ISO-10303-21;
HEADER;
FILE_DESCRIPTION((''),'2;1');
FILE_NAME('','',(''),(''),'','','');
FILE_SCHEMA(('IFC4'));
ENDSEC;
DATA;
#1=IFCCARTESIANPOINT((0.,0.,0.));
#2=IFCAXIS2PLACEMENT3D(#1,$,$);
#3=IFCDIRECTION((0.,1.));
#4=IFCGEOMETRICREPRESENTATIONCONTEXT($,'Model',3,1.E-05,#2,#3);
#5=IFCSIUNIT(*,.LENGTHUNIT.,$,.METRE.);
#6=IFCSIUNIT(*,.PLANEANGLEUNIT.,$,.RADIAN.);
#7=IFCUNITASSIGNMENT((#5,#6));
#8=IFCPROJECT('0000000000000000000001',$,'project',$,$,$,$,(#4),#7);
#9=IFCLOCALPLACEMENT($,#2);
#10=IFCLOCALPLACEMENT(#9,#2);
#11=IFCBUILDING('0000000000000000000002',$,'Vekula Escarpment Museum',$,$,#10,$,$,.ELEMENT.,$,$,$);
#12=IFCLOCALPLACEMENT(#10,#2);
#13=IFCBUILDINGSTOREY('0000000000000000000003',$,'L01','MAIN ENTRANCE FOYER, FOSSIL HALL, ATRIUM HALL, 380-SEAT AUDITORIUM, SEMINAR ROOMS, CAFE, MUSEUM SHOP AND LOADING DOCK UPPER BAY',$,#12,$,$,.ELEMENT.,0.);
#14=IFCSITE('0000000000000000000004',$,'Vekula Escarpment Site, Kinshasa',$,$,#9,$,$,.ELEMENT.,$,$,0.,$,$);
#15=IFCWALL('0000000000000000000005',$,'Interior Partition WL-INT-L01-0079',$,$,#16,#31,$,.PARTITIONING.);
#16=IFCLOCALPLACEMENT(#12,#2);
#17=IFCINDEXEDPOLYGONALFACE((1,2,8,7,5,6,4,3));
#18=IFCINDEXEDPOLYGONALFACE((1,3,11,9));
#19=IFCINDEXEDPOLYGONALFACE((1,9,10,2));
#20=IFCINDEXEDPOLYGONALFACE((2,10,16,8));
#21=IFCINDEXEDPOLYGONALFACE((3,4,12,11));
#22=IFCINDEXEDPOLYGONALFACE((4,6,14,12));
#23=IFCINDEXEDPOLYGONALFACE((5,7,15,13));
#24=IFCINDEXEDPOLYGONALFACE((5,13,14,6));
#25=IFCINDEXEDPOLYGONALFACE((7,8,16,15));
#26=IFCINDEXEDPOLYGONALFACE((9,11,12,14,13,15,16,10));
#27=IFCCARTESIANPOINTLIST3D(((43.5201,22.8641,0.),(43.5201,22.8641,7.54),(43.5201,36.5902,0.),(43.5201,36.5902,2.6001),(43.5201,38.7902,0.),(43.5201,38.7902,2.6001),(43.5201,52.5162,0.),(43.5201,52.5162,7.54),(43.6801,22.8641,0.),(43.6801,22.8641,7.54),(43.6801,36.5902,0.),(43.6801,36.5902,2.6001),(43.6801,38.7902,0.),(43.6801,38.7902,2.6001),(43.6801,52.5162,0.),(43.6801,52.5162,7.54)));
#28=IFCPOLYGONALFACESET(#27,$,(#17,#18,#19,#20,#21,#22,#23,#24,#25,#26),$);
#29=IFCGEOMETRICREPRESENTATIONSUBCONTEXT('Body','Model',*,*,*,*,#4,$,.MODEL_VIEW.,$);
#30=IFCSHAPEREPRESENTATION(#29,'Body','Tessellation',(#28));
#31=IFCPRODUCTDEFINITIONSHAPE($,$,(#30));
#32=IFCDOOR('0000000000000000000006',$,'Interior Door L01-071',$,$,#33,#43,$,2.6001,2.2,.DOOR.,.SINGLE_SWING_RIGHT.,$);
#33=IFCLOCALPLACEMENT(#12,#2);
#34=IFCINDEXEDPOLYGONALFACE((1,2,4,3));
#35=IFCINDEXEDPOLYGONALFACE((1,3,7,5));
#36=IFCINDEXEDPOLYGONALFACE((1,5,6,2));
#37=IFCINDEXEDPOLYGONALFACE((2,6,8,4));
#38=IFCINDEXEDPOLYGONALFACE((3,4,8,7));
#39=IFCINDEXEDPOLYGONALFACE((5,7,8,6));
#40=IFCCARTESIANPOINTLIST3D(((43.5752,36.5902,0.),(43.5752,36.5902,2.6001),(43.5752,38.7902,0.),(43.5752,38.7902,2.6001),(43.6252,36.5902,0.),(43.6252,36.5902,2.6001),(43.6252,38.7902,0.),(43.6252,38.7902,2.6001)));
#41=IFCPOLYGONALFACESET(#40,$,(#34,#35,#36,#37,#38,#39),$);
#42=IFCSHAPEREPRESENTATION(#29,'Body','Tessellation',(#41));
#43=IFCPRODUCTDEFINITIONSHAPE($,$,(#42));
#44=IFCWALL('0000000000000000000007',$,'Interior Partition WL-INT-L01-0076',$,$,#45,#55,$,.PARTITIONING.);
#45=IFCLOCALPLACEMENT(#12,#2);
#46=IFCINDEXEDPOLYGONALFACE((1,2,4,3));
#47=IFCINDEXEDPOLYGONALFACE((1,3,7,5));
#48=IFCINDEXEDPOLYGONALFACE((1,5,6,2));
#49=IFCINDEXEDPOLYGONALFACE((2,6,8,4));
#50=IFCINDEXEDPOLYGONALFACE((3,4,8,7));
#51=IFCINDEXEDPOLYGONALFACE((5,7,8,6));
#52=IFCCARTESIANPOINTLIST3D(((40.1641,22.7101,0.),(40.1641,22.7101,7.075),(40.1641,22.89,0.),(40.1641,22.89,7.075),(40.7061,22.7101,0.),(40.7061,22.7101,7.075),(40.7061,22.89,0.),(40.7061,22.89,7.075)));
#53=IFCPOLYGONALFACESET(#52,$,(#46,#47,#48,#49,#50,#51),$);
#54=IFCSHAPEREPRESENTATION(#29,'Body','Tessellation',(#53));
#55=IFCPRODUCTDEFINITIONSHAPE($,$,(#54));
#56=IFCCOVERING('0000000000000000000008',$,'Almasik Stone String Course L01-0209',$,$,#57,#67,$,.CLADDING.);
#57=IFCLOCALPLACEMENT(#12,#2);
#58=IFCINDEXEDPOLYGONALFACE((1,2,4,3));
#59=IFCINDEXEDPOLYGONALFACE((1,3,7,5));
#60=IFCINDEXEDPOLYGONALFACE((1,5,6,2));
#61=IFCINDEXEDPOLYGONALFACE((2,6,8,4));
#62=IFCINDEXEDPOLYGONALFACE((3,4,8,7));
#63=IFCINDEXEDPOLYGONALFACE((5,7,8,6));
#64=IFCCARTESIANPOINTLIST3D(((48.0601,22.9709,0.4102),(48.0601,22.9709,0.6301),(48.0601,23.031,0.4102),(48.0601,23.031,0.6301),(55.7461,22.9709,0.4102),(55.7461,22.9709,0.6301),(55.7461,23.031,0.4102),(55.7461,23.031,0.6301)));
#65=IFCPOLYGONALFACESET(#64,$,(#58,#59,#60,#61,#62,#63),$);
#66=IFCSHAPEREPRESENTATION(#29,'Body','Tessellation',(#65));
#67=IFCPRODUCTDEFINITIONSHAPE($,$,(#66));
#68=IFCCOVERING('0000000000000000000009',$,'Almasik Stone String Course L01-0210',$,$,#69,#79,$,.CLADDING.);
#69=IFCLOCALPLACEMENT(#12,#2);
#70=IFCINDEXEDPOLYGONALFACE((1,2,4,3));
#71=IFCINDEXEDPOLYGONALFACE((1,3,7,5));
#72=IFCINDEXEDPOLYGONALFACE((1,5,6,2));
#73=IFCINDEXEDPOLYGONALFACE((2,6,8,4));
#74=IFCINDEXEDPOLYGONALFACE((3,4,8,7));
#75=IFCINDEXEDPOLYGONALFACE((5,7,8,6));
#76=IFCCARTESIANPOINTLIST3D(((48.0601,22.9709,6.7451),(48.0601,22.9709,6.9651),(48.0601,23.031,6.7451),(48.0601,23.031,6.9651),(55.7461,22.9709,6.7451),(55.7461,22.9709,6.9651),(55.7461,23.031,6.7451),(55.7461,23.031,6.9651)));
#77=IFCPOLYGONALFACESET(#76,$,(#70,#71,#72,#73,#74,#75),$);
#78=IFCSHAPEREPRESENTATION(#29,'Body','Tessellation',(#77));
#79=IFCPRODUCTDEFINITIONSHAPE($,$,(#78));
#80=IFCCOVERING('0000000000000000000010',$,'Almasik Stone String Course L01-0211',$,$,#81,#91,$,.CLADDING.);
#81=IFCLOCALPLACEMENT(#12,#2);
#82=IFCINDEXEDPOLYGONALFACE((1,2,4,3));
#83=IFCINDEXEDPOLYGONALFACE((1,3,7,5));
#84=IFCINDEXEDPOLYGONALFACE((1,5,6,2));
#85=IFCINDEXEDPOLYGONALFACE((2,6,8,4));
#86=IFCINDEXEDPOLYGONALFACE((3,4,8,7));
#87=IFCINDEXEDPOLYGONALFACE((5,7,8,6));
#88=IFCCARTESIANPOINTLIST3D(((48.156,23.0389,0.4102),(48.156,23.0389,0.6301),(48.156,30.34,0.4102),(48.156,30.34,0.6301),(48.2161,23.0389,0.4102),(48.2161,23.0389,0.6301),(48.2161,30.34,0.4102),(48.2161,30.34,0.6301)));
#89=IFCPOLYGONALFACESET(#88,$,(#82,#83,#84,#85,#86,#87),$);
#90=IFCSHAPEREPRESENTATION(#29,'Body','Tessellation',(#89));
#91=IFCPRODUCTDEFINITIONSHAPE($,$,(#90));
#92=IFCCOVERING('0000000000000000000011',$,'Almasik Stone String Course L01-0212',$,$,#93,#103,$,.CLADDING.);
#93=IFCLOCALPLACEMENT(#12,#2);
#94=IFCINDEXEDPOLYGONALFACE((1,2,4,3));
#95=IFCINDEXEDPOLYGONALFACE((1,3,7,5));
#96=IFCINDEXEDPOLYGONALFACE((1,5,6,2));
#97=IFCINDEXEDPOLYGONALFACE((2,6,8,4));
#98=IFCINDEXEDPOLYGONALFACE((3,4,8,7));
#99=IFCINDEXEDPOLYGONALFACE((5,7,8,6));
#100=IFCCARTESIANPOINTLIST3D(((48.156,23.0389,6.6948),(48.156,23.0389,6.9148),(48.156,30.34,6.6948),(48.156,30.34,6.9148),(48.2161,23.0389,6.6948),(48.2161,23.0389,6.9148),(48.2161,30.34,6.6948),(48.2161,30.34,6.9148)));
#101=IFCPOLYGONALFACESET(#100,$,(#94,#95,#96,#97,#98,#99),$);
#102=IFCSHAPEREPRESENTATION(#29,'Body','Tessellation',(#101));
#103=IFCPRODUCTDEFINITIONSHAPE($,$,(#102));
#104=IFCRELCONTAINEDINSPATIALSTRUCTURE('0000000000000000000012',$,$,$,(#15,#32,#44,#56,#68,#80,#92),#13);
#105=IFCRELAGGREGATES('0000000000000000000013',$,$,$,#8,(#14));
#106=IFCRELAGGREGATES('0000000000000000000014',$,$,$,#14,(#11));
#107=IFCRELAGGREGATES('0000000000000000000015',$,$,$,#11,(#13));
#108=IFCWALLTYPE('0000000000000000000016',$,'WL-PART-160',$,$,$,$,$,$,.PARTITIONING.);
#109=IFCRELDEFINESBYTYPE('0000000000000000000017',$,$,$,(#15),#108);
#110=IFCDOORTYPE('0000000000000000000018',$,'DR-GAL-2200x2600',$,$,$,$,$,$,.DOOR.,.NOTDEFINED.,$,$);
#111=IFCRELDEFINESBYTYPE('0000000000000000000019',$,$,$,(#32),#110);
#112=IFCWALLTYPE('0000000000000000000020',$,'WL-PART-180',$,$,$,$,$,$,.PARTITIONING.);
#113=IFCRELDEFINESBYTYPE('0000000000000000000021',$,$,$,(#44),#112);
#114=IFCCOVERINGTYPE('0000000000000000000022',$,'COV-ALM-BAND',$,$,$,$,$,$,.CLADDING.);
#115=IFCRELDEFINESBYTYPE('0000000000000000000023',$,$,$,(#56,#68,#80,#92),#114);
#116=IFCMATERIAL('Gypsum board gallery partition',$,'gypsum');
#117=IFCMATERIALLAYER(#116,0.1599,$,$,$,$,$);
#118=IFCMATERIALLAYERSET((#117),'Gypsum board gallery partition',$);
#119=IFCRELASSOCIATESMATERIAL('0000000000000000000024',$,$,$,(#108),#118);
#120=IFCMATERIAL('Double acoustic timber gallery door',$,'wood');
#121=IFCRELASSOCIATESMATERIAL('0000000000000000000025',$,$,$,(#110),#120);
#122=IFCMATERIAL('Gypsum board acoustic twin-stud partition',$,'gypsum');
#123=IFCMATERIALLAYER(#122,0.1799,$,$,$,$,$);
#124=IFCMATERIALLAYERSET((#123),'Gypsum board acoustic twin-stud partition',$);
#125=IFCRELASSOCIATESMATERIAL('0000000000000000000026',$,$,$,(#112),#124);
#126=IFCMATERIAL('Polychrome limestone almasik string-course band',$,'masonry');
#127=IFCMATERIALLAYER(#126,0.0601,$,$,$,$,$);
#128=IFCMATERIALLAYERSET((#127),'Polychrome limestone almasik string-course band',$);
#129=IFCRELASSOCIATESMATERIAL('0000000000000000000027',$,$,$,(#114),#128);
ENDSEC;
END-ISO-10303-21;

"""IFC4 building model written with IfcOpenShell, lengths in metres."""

from ifc_helpers import new_model, si_unit, direction, frame, frame_2d, origin, origin_2d, place, context, subcontext, project, spatial, rectangle, extrude, material, layer, layer_set, type_object, element, fill, save


model = new_model("IFC4")

# Units and contexts
model_context = context("Model", 3, precision=1e-05, world=origin(), true_north=direction((0.0, 1.0)))
body_context = subcontext(model_context, "Body", "Model", "MODEL_VIEW")
ifc_project = project(units=[si_unit("LENGTHUNIT", "METRE"), si_unit("PLANEANGLEUNIT", "RADIAN")], contexts=[model_context])

# Site, building, storey
site_placement = place(None, origin())
site = spatial("IfcSite", under=ifc_project, at=site_placement, Name="Vekula Escarpment Site, Kinshasa", CompositionType="ELEMENT", RefElevation=0.0)
building_placement = place(site_placement, origin())
building = spatial("IfcBuilding", under=site, at=building_placement, Name="Vekula Escarpment Museum", CompositionType="ELEMENT")
storey_placement = place(building_placement, origin())
storey = spatial("IfcBuildingStorey", under=building, at=storey_placement, Name="L01", Description="MAIN ENTRANCE FOYER, FOSSIL HALL, ATRIUM HALL, 380-SEAT AUDITORIUM, SEMINAR ROOMS, CAFE, MUSEUM SHOP AND LOADING DOCK UPPER BAY", CompositionType="ELEMENT", Elevation=0.0)

# Wall, opening, door
ifc_material_1 = material(Name="Gypsum board gallery partition", Category="gypsum")
ifc_layer_1 = layer(ifc_material_1, 0.1599)
ifc_layer_set_1 = layer_set([ifc_layer_1], Name="Gypsum board gallery partition")
wall_type_1 = type_object("IfcWallType", Name="WL-PART-160", PredefinedType="PARTITIONING", material=ifc_layer_set_1)
wall_1_placement = place(storey_placement, frame((43.6001, 22.864, 0.0), z_axis=(0.0, 0.0, 1.0), x_axis=(0.0, 1.0, 0.0)))
wall_1 = element("IfcWall", 1, at=wall_1_placement, inside=storey, type_object=wall_type_1, Name="Interior Partition WL-INT-L01-0079", PredefinedType="PARTITIONING", context=body_context, shape_type="SweptSolid", body=[
    extrude(rectangle(XDim=29.6521, YDim=0.1599, at=frame_2d((14.8262, 0.0))), origin(), (0.0, 0.0, 1.0), 7.54),
])
opening_1_placement = place(wall_1_placement, frame((13.7261, 0.0, 0.0)))
opening_1 = element("IfcOpeningElement", 2, at=opening_1_placement, cuts=wall_1, PredefinedType="OPENING", context=body_context, shape_type="SweptSolid", body=[
    extrude(rectangle(XDim=2.2, YDim=2.6001, at=frame_2d((1.1001, 1.3))), frame((0.0, 0.0898, 0.0), z_axis=(0.0, -1.0, 0.0), x_axis=(1.0, 0.0, 0.0)), (0.0, 0.0, 1.0), 0.1799),
])
ifc_material_2 = material(Name="Double acoustic timber gallery door", Category="wood")
door_type_1 = type_object("IfcDoorType", Name="DR-GAL-2200x2600", OperationType="NOTDEFINED", PredefinedType="DOOR", material=ifc_material_2)
door_1_placement = place(opening_1_placement, origin())
door_1 = element("IfcDoor", 3, at=door_1_placement, inside=storey, type_object=door_type_1, Name="Interior Door L01-071", OperationType="SINGLE_SWING_RIGHT", OverallHeight=2.6001, OverallWidth=2.2, PredefinedType="DOOR", context=body_context, shape_type="SweptSolid", body=[
    extrude(rectangle(XDim=2.2, YDim=2.6001, at=frame_2d((1.1001, 1.3))), frame((0.0, 0.0249, 0.0), z_axis=(0.0, -1.0, 0.0), x_axis=(1.0, 0.0, 0.0)), (0.0, 0.0, 1.0), 0.05),
])
fill(opening_1, door_1)

# Wall
ifc_material_3 = material(Name="Gypsum board acoustic twin-stud partition", Category="gypsum")
ifc_layer_2 = layer(ifc_material_3, 0.1799)
ifc_layer_set_2 = layer_set([ifc_layer_2], Name="Gypsum board acoustic twin-stud partition")
wall_type_2 = type_object("IfcWallType", Name="WL-PART-180", PredefinedType="PARTITIONING", material=ifc_layer_set_2)
wall_2_placement = place(storey_placement, frame((40.1641, 22.8, 0.0), z_axis=(0.0, 0.0, 1.0), x_axis=(1.0, 0.0, 0.0)))
element("IfcWall", 4, at=wall_2_placement, inside=storey, type_object=wall_type_2, Name="Interior Partition WL-INT-L01-0076", PredefinedType="PARTITIONING", context=body_context, shape_type="SweptSolid", body=[
    extrude(rectangle(XDim=0.542, YDim=0.1799, at=frame_2d((0.271, 0.0))), origin(), (0.0, 0.0, 1.0), 7.075),
])

# Coverings
ifc_material_4 = material(Name="Polychrome limestone almasik string-course band", Category="masonry")
ifc_layer_3 = layer(ifc_material_4, 0.0601)
ifc_layer_set_3 = layer_set([ifc_layer_3], Name="Polychrome limestone almasik string-course band")
covering_type = type_object("IfcCoveringType", Name="COV-ALM-BAND", PredefinedType="CLADDING", material=ifc_layer_set_3)
for number, where, z_axis, x_axis, name in (
    (5, (51.9031, 23.001, 0.4102), (0.0, 0.0, 1.0), (1.0, 0.0, 0.0), "Almasik Stone String Course L01-0209"),
    (6, (51.9031, 23.001, 6.7451), (0.0, 0.0, 1.0), (1.0, 0.0, 0.0), "Almasik Stone String Course L01-0210"),
):
    element("IfcCovering", number, at=place(storey_placement, frame(where, z_axis=z_axis, x_axis=x_axis)), inside=storey, type_object=covering_type, Name=name, PredefinedType="CLADDING", context=body_context, shape_type="SweptSolid", body=[
        extrude(rectangle(XDim=7.686, YDim=0.0601, at=origin_2d()), origin(), (0.0, 0.0, 1.0), 0.22),
    ])
for number, where, z_axis, x_axis, name in (
    (7, (48.186, 26.6895, 0.4102), (0.0, 0.0, 1.0), (0.0, 1.0, 0.0), "Almasik Stone String Course L01-0211"),
    (8, (48.186, 26.6895, 6.6948), (0.0, 0.0, 1.0), (0.0, 1.0, 0.0), "Almasik Stone String Course L01-0212"),
):
    element("IfcCovering", number, at=place(storey_placement, frame(where, z_axis=z_axis, x_axis=x_axis)), inside=storey, type_object=covering_type, Name=name, PredefinedType="CLADDING", context=body_context, shape_type="SweptSolid", body=[
        extrude(rectangle(XDim=7.301, YDim=0.0601, at=origin_2d()), origin(), (0.0, 0.0, 1.0), 0.22),
    ])

save(model, "model.ifc")
